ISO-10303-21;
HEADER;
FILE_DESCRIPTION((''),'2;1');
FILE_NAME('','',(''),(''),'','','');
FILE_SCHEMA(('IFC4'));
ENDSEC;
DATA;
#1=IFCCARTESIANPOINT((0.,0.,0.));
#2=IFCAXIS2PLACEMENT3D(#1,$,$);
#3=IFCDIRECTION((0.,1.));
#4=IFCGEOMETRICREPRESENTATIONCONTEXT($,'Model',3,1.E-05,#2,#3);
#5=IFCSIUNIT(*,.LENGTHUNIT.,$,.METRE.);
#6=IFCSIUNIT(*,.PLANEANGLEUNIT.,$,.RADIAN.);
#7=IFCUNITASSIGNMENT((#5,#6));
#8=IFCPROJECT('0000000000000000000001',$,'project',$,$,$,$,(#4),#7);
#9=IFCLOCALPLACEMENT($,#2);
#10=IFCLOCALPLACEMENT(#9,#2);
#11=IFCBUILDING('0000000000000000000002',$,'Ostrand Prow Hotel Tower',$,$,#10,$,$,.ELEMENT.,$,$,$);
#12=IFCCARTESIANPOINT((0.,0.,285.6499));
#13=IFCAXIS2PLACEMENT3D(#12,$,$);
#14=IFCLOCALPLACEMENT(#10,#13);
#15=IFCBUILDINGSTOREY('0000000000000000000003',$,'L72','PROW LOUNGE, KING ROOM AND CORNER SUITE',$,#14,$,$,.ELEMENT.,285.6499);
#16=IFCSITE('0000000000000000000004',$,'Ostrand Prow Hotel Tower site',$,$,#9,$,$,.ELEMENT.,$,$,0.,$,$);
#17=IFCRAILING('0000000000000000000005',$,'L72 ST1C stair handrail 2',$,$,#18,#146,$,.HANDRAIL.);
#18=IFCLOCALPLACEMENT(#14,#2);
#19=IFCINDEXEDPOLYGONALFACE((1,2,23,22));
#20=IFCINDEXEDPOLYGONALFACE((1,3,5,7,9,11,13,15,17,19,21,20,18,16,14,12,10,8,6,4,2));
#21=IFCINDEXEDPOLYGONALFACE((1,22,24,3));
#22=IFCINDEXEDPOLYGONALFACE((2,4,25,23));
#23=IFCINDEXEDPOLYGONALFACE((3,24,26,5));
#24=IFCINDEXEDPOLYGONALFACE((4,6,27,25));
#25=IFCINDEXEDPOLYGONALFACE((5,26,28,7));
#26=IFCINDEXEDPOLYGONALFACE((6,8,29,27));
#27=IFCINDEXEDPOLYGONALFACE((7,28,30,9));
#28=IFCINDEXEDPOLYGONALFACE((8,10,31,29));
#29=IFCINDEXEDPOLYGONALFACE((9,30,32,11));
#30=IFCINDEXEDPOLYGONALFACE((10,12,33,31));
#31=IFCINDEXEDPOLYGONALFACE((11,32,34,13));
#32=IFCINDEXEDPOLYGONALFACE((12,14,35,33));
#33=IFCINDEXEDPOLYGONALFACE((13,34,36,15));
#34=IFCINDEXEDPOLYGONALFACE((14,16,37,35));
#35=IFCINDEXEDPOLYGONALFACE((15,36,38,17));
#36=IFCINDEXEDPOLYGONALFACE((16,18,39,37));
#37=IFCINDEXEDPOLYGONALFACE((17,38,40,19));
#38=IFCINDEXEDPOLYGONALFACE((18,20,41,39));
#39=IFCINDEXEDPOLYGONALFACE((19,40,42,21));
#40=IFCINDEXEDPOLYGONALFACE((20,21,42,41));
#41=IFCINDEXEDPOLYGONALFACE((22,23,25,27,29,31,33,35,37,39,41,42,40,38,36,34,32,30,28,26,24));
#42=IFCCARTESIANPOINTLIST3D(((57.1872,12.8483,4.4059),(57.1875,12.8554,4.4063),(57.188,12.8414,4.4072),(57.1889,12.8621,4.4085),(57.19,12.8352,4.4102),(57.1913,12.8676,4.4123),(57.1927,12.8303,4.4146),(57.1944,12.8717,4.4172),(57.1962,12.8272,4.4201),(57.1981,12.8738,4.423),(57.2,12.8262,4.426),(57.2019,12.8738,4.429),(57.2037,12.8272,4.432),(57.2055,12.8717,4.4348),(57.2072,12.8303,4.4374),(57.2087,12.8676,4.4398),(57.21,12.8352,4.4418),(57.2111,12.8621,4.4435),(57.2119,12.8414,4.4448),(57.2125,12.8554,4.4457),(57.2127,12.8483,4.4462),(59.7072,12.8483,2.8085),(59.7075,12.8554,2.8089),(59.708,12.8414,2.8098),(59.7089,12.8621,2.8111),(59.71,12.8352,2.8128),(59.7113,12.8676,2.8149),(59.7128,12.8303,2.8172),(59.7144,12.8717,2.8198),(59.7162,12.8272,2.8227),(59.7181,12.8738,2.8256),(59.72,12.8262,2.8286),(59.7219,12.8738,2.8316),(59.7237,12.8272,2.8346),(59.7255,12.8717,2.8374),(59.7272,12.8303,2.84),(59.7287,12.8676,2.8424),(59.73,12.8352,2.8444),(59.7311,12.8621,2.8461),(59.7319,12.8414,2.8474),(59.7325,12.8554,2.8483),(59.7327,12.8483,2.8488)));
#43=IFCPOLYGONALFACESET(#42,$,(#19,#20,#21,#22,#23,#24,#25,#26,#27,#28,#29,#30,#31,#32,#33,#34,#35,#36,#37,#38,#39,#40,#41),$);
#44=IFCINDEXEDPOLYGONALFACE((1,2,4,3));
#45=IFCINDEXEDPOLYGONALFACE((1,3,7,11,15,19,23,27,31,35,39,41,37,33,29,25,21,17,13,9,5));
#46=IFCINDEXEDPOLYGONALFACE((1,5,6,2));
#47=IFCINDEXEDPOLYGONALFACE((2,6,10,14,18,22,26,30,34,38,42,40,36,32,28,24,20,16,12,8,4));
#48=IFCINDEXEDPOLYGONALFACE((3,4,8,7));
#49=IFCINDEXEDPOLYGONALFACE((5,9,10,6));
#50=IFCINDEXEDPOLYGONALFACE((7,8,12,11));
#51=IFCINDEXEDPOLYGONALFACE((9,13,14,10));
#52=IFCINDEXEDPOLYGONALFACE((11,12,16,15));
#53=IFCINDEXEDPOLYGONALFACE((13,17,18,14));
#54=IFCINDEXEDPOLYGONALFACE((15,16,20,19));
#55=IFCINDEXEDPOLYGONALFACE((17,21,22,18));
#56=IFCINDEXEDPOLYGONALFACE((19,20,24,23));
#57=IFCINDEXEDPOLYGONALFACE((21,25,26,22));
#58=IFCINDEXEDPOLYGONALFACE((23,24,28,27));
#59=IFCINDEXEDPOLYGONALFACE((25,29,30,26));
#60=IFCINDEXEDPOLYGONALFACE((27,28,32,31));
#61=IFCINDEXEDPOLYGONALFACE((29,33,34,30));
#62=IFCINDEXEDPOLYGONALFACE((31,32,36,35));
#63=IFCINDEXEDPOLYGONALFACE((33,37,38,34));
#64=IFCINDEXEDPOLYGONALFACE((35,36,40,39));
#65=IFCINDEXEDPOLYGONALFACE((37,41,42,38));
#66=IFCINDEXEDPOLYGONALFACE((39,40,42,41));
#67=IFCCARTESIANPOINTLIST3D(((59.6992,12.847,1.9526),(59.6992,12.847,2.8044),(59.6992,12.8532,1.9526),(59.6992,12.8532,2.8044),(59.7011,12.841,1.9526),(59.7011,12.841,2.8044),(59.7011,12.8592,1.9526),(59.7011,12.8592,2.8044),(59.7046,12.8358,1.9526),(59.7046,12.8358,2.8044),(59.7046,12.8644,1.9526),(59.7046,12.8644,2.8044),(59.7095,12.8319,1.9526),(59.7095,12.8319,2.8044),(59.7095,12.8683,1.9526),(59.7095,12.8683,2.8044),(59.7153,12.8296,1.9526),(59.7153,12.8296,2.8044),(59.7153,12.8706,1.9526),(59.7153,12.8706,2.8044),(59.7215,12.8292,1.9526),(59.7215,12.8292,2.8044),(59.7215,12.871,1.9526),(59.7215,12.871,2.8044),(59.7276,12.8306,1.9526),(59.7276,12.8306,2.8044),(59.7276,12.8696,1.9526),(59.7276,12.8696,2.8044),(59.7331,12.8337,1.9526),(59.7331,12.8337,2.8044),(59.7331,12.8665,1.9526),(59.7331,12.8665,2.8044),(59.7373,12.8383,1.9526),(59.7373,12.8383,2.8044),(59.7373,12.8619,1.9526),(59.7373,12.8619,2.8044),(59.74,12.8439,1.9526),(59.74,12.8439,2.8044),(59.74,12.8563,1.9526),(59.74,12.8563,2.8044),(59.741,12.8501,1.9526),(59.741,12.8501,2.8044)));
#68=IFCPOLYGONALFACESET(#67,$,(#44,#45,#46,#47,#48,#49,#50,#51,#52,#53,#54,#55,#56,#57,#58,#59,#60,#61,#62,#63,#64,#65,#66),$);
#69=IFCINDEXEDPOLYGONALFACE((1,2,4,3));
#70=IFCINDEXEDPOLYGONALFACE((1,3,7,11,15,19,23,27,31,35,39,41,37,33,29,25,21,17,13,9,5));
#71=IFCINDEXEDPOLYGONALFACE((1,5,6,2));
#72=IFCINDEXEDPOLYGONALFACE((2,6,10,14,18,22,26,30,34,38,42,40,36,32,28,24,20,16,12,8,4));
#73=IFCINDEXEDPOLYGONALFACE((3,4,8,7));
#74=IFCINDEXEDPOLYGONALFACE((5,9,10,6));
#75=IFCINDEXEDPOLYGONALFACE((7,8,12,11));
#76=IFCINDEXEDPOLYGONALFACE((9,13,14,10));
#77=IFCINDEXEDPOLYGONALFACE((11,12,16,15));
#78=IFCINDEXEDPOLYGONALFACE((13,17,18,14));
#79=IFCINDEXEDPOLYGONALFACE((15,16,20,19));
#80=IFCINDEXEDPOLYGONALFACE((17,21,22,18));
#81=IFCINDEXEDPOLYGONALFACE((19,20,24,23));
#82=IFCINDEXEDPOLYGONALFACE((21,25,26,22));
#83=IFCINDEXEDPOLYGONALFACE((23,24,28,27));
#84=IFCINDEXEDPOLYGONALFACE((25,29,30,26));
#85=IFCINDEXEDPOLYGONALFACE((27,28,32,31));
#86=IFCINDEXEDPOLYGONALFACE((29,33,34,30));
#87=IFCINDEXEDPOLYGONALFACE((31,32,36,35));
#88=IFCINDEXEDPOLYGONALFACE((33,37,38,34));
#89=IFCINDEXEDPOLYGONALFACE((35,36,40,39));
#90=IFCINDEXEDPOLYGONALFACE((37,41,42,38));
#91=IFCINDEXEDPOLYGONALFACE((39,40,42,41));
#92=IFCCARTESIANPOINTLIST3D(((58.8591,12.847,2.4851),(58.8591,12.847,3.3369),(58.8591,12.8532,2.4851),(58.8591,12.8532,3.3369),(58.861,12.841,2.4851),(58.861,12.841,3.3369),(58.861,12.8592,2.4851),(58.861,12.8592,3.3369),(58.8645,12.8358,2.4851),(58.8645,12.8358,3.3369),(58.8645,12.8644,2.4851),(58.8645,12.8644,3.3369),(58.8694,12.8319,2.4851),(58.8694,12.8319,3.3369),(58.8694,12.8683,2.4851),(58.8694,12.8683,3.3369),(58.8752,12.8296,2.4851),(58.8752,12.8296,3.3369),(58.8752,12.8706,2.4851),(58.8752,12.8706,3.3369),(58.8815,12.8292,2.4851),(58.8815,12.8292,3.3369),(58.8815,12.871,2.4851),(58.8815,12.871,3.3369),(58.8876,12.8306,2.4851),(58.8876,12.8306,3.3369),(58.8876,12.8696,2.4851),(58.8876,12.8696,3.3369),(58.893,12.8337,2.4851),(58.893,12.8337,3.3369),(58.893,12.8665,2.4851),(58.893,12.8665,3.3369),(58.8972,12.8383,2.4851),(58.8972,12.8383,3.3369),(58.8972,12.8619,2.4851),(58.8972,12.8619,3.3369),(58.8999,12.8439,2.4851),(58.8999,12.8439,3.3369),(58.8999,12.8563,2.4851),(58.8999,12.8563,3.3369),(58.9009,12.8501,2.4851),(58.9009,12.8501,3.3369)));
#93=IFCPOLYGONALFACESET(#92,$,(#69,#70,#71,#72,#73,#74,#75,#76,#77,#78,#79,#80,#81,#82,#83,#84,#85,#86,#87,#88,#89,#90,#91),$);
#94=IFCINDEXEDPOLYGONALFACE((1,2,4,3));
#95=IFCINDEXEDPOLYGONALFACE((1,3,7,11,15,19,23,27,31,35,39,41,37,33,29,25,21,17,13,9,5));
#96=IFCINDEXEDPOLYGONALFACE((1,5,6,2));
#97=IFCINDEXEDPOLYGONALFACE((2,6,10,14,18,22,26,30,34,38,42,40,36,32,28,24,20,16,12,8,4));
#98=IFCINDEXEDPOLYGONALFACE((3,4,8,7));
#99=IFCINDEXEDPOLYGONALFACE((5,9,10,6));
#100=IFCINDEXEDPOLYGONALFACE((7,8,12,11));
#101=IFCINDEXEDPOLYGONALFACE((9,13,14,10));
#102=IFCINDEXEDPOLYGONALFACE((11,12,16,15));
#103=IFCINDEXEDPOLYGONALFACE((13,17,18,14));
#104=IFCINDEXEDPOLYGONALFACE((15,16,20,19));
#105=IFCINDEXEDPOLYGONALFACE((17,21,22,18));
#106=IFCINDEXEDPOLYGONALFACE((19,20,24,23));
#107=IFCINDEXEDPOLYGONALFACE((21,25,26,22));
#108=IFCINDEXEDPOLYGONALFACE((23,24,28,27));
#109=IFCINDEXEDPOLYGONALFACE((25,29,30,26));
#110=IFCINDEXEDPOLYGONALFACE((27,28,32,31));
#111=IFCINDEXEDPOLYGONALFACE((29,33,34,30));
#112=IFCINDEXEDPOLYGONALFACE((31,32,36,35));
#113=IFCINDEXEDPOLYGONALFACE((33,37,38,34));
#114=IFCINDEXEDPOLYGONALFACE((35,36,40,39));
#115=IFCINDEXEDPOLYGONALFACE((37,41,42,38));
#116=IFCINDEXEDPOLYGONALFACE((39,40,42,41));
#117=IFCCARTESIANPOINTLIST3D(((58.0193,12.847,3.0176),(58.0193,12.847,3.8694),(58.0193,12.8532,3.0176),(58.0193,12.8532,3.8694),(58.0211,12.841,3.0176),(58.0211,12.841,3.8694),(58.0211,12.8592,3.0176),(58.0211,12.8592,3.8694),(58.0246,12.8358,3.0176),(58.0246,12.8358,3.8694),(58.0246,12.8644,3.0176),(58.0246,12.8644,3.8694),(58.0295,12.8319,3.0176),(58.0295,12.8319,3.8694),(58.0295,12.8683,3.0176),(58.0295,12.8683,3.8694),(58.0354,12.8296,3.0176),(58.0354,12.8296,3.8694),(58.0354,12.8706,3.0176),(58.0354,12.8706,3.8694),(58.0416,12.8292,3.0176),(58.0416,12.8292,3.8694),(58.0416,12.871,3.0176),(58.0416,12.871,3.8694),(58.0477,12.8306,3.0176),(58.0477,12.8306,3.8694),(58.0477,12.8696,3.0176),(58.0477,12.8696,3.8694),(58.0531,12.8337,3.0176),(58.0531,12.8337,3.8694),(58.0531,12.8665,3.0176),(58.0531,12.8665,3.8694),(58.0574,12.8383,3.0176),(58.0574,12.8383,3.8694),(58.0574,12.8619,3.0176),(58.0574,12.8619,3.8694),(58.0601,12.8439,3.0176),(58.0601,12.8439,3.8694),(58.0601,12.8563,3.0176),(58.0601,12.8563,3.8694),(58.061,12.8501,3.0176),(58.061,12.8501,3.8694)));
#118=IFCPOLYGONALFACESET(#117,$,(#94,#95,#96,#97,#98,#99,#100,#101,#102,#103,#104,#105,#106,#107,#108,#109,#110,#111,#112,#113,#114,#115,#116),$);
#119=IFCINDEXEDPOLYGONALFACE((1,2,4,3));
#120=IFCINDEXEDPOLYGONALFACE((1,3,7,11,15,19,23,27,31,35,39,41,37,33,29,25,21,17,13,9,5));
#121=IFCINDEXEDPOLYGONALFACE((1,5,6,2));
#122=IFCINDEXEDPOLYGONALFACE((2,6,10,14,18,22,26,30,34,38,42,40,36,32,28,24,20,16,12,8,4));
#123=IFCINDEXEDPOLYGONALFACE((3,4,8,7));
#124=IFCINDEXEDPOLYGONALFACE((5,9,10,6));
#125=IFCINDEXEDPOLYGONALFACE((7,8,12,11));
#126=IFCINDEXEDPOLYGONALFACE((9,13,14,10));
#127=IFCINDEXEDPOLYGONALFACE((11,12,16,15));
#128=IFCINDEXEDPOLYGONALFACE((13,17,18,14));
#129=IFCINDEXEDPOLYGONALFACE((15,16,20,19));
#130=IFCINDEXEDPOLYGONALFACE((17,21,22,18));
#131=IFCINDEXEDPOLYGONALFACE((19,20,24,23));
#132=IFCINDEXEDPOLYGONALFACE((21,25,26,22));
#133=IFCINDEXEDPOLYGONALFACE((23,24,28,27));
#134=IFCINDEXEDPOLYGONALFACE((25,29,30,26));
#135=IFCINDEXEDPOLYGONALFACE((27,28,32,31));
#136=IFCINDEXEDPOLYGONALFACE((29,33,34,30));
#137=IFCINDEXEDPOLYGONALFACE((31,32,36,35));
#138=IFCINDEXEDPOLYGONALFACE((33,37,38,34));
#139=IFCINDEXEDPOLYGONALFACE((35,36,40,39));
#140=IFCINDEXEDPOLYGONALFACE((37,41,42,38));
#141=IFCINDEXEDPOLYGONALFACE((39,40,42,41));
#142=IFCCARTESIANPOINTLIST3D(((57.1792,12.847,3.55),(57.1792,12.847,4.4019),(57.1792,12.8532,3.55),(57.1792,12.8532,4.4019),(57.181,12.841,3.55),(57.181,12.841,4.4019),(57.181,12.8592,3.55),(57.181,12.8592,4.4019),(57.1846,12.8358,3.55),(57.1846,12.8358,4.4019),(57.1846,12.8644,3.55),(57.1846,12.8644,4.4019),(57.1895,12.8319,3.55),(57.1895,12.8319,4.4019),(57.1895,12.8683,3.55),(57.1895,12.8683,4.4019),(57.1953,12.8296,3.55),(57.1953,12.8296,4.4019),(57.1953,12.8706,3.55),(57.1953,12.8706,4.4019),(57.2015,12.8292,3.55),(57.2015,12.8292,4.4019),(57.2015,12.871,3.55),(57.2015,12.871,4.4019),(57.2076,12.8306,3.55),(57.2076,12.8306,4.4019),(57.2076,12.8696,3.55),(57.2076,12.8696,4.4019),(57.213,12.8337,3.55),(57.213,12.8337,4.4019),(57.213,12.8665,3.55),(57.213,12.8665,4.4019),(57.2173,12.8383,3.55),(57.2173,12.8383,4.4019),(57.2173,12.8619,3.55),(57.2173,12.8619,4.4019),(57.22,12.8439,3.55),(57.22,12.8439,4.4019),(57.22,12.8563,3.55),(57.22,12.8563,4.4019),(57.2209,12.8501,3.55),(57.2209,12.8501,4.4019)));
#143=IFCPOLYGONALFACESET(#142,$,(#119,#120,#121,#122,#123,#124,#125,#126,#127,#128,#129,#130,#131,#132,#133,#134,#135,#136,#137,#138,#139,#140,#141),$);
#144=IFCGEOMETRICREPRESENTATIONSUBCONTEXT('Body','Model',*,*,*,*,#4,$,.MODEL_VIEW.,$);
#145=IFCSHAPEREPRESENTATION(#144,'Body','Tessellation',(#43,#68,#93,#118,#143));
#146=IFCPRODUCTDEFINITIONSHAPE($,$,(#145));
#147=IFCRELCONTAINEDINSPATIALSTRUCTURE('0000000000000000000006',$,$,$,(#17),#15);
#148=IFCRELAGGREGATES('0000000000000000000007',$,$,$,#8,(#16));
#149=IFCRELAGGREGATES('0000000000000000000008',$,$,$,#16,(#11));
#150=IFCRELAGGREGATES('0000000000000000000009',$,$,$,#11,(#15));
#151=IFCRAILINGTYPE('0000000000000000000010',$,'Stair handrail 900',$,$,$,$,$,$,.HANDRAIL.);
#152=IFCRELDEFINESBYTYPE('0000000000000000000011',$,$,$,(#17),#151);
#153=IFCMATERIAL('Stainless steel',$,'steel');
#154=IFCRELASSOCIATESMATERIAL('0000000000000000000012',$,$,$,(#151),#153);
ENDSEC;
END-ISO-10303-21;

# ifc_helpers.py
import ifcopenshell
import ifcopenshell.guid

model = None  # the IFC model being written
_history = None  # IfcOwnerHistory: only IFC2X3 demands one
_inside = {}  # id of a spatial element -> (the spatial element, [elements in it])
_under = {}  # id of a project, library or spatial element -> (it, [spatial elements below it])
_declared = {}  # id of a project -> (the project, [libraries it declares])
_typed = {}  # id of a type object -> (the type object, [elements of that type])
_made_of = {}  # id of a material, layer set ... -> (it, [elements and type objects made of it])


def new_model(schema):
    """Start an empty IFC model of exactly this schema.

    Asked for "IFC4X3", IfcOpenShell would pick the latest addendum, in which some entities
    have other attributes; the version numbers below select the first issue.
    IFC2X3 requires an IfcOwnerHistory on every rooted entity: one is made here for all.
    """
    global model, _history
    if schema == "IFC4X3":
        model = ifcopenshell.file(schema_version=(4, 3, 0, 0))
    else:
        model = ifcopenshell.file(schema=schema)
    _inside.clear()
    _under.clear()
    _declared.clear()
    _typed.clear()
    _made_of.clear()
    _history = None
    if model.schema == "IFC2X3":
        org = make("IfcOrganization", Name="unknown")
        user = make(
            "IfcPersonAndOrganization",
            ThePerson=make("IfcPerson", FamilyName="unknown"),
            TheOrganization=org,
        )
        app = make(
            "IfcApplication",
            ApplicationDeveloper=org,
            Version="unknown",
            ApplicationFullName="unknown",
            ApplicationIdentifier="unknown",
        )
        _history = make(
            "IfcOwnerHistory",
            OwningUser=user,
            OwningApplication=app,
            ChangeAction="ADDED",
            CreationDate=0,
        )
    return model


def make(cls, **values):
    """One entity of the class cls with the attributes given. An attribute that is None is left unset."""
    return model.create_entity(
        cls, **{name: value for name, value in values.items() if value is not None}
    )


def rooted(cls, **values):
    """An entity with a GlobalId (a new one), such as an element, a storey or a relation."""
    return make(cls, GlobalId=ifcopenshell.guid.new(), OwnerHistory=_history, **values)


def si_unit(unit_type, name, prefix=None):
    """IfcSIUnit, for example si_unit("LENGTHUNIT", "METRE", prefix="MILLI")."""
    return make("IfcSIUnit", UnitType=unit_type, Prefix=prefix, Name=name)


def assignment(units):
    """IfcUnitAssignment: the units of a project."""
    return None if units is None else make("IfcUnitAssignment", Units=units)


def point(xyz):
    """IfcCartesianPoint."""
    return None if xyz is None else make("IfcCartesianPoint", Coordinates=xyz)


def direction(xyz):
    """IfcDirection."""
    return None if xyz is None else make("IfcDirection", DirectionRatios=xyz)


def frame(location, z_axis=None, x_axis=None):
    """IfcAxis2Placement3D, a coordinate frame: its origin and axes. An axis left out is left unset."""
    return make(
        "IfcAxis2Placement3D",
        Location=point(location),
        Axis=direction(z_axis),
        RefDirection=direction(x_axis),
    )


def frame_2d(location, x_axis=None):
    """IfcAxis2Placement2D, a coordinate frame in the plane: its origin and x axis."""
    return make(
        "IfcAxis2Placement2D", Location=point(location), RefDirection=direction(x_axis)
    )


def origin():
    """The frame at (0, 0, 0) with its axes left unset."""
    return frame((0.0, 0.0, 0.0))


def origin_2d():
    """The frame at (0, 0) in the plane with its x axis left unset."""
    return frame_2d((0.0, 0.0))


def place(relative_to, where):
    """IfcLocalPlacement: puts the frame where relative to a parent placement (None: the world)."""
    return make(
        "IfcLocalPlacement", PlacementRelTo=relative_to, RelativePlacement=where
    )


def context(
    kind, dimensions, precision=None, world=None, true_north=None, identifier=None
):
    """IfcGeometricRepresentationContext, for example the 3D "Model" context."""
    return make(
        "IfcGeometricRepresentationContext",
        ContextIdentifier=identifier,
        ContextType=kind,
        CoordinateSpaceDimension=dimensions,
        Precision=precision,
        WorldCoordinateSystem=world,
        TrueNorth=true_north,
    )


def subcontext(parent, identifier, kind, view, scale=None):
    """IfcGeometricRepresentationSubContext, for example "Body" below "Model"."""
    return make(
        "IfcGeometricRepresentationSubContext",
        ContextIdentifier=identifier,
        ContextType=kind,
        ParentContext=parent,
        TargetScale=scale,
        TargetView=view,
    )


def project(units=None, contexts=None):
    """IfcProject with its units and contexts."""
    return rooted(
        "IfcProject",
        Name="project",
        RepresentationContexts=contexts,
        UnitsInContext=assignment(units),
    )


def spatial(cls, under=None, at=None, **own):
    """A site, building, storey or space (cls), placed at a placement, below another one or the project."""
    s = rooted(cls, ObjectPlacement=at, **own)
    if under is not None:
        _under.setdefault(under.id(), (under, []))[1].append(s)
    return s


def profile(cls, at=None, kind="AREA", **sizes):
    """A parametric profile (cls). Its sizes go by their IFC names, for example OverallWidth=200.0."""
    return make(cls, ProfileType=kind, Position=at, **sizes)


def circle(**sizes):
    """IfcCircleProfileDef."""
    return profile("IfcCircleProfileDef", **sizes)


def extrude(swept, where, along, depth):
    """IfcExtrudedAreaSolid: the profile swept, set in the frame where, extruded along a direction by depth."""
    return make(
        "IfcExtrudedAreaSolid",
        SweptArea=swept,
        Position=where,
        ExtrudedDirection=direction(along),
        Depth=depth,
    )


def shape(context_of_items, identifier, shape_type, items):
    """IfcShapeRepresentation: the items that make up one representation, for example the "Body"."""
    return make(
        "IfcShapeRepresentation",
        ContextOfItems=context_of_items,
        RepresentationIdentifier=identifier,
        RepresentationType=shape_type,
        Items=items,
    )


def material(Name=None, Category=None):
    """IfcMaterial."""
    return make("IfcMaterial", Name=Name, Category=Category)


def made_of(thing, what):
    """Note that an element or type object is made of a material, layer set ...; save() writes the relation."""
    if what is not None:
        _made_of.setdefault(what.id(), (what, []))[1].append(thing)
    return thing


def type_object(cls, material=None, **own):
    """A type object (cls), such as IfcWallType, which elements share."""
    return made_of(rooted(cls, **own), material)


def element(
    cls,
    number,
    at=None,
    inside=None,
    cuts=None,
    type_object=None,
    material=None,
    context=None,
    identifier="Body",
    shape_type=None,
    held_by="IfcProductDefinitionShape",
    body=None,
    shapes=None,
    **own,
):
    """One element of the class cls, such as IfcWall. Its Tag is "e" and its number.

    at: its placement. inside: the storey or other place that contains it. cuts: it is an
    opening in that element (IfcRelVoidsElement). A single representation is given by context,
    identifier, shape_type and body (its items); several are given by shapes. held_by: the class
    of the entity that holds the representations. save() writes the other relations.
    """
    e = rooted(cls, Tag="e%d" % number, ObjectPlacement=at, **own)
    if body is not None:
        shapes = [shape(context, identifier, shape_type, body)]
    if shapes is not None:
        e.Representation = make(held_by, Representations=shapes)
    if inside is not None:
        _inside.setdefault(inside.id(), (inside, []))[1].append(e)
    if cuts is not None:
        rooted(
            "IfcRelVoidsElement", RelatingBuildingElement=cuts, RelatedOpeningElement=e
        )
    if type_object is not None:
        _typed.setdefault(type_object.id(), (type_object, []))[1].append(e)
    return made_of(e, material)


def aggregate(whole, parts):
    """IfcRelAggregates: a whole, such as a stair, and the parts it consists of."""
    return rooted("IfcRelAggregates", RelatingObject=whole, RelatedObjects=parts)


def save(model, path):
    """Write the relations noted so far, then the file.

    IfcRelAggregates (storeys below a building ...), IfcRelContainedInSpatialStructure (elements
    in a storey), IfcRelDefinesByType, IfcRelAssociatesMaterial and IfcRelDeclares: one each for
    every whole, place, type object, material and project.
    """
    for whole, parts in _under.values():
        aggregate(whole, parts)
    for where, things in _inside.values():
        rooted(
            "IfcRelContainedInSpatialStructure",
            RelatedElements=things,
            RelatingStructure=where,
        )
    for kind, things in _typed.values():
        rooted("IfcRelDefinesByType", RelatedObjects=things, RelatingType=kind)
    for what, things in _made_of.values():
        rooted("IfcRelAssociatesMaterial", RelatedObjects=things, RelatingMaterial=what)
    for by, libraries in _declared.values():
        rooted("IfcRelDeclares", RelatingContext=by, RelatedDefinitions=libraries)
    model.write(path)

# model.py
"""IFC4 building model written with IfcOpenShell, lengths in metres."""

from ifc_helpers import new_model, si_unit, direction, frame, origin, origin_2d, place, context, subcontext, project, spatial, circle, extrude, material, type_object, element, save


model = new_model("IFC4")

# Units and contexts
model_context = context("Model", 3, precision=1e-05, world=origin(), true_north=direction((0.0, 1.0)))
body_context = subcontext(model_context, "Body", "Model", "MODEL_VIEW")
ifc_project = project(units=[si_unit("LENGTHUNIT", "METRE"), si_unit("PLANEANGLEUNIT", "RADIAN")], contexts=[model_context])

# Site, building, storey
site_placement = place(None, origin())
site = spatial("IfcSite", under=ifc_project, at=site_placement, Name="Ostrand Prow Hotel Tower site", CompositionType="ELEMENT", RefElevation=0.0)
building_placement = place(site_placement, origin())
building = spatial("IfcBuilding", under=site, at=building_placement, Name="Ostrand Prow Hotel Tower", CompositionType="ELEMENT")
storey_placement = place(building_placement, frame((0.0, 0.0, 285.6499)))
storey = spatial("IfcBuildingStorey", under=building, at=storey_placement, Name="L72", Description="PROW LOUNGE, KING ROOM AND CORNER SUITE", CompositionType="ELEMENT", Elevation=285.6499)

# Railing
ifc_material_1 = material(Name="Stainless steel", Category="steel")
railing_type_1 = type_object("IfcRailingType", Name="Stair handrail 900", PredefinedType="HANDRAIL", material=ifc_material_1)
railing_1_placement = place(storey_placement, frame((59.72, 12.8501, 1.9526)))
element("IfcRailing", 1, at=railing_1_placement, inside=storey, type_object=railing_type_1, Name="L72 ST1C stair handrail 2", PredefinedType="HANDRAIL", context=body_context, shape_type="SweptSolid", body=[
    extrude(circle(Radius=0.0239, at=origin_2d()), frame((0.0, 0.0, 0.876), z_axis=(-0.844607, 0.0, 0.535387), x_axis=(0.0, -1.0, 0.0)), (0.0, 0.0, 1.0), 2.9836),
    extrude(circle(Radius=0.021, at=origin_2d()), origin(), (0.0, 0.0, 1.0), 0.8518),
    extrude(circle(Radius=0.021, at=origin_2d()), frame((-0.8401, 0.0, 0.5325)), (0.0, 0.0, 1.0), 0.8518),
    extrude(circle(Radius=0.021, at=origin_2d()), frame((-1.6799, 0.0, 1.0649)), (0.0, 0.0, 1.0), 0.8518),
    extrude(circle(Radius=0.021, at=origin_2d()), frame((-2.52, 0.0, 1.5974)), (0.0, 0.0, 1.0), 0.8518),
])

save(model, "model.ifc")
